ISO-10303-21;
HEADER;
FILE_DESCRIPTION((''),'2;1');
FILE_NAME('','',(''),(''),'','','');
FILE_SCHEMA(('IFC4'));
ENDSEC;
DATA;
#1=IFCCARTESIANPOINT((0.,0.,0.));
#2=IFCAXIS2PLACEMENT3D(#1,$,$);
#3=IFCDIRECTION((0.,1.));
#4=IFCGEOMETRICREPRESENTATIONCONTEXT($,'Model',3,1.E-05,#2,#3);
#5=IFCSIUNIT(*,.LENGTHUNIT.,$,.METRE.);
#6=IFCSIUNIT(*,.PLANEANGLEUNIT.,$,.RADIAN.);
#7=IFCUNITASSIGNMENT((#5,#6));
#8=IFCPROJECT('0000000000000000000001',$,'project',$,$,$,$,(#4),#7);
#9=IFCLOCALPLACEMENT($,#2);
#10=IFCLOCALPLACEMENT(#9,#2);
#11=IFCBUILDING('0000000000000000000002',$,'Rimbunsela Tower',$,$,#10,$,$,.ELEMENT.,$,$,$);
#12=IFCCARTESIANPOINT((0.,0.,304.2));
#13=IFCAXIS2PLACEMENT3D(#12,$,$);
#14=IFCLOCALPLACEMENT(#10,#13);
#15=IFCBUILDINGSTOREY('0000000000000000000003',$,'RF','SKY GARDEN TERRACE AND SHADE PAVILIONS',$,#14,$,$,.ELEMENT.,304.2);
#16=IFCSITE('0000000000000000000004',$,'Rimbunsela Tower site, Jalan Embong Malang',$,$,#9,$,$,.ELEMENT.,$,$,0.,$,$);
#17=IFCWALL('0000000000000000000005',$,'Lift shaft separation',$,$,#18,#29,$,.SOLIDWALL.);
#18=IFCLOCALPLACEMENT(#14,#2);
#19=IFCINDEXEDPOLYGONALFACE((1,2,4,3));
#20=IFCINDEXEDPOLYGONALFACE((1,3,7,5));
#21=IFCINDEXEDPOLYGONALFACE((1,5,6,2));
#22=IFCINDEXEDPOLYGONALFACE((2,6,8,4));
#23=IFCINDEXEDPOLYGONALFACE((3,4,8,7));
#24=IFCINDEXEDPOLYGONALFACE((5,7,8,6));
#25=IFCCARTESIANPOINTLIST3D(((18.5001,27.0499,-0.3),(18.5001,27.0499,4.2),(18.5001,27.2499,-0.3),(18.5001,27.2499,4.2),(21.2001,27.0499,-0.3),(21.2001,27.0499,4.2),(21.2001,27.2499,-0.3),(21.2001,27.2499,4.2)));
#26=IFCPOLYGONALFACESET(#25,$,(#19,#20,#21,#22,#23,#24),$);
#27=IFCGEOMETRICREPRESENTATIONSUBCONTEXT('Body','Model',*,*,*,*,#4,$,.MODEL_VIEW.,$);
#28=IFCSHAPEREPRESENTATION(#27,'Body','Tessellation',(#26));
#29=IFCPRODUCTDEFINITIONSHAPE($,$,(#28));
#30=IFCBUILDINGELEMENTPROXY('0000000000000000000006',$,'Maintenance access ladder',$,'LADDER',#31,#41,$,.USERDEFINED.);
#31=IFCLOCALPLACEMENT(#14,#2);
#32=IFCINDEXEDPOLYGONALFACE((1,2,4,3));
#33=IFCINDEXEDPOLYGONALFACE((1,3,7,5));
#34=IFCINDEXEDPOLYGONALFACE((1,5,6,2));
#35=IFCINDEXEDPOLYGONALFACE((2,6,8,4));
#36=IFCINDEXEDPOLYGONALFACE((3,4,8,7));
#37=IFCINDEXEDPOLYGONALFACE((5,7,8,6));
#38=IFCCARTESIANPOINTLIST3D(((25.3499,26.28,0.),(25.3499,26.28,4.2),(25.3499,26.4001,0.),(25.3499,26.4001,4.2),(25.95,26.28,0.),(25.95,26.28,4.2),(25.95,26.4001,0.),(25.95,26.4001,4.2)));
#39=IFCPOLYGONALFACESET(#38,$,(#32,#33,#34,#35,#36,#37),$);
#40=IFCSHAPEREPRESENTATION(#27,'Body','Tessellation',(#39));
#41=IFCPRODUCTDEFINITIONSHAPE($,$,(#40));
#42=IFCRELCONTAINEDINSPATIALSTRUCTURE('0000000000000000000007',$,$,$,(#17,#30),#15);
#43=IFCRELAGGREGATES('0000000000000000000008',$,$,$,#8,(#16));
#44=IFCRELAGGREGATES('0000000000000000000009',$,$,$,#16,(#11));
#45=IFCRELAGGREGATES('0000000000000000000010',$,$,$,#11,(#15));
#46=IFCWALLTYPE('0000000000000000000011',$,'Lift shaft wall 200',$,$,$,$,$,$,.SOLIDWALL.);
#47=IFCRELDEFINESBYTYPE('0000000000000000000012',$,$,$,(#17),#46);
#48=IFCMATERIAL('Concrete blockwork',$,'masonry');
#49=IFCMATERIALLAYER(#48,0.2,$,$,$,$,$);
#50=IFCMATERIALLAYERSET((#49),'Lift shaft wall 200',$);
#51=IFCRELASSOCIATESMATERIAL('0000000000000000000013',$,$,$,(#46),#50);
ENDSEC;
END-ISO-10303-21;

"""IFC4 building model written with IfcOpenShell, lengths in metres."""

from ifc_helpers import new_model, si_unit, direction, frame, frame_2d, origin, origin_2d, place, context, subcontext, project, spatial, rectangle, extrude, material, layer, layer_set, type_object, element, save


model = new_model("IFC4")

# Units and contexts
model_context = context("Model", 3, precision=1e-05, world=origin(), true_north=direction((0.0, 1.0)))
body_context = subcontext(model_context, "Body", "Model", "MODEL_VIEW")
ifc_project = project(units=[si_unit("LENGTHUNIT", "METRE"), si_unit("PLANEANGLEUNIT", "RADIAN")], contexts=[model_context])

# Site, building, storey
site_placement = place(None, origin())
site = spatial("IfcSite", under=ifc_project, at=site_placement, Name="Rimbunsela Tower site, Jalan Embong Malang", CompositionType="ELEMENT", RefElevation=0.0)
building_placement = place(site_placement, origin())
building = spatial("IfcBuilding", under=site, at=building_placement, Name="Rimbunsela Tower", CompositionType="ELEMENT")
storey_placement = place(building_placement, frame((0.0, 0.0, 304.2)))
storey = spatial("IfcBuildingStorey", under=building, at=storey_placement, Name="RF", Description="SKY GARDEN TERRACE AND SHADE PAVILIONS", CompositionType="ELEMENT", Elevation=304.2)

# Wall
ifc_material_1 = material(Name="Concrete blockwork", Category="masonry")
ifc_layer_1 = layer(ifc_material_1, 0.2)
ifc_layer_set_1 = layer_set([ifc_layer_1], Name="Lift shaft wall 200")
wall_type_1 = type_object("IfcWallType", Name="Lift shaft wall 200", PredefinedType="SOLIDWALL", material=ifc_layer_set_1)
wall_1_placement = place(storey_placement, frame((18.5, 27.1499, -0.3), z_axis=(0.0, 0.0, 1.0), x_axis=(1.0, 0.0, 0.0)))
element("IfcWall", 1, at=wall_1_placement, inside=storey, type_object=wall_type_1, Name="Lift shaft separation", PredefinedType="SOLIDWALL", context=body_context, shape_type="SweptSolid", body=[
    extrude(rectangle(XDim=2.7, YDim=0.2, at=frame_2d((1.3501, 0.0))), origin(), (0.0, 0.0, 1.0), 4.5),
])

# Building element proxy
proxy_placement = place(storey_placement, frame((25.6499, 26.3401, 0.0), z_axis=(0.0, 0.0, 1.0), x_axis=(1.0, 0.0, 0.0)))
element("IfcBuildingElementProxy", 2, at=proxy_placement, inside=storey, Name="Maintenance access ladder", ObjectType="LADDER", PredefinedType="USERDEFINED", context=body_context, shape_type="SweptSolid", body=[
    extrude(rectangle(XDim=0.6001, YDim=0.1201, at=origin_2d()), origin(), (0.0, 0.0, 1.0), 4.2),
])

save(model, "model.ifc")
